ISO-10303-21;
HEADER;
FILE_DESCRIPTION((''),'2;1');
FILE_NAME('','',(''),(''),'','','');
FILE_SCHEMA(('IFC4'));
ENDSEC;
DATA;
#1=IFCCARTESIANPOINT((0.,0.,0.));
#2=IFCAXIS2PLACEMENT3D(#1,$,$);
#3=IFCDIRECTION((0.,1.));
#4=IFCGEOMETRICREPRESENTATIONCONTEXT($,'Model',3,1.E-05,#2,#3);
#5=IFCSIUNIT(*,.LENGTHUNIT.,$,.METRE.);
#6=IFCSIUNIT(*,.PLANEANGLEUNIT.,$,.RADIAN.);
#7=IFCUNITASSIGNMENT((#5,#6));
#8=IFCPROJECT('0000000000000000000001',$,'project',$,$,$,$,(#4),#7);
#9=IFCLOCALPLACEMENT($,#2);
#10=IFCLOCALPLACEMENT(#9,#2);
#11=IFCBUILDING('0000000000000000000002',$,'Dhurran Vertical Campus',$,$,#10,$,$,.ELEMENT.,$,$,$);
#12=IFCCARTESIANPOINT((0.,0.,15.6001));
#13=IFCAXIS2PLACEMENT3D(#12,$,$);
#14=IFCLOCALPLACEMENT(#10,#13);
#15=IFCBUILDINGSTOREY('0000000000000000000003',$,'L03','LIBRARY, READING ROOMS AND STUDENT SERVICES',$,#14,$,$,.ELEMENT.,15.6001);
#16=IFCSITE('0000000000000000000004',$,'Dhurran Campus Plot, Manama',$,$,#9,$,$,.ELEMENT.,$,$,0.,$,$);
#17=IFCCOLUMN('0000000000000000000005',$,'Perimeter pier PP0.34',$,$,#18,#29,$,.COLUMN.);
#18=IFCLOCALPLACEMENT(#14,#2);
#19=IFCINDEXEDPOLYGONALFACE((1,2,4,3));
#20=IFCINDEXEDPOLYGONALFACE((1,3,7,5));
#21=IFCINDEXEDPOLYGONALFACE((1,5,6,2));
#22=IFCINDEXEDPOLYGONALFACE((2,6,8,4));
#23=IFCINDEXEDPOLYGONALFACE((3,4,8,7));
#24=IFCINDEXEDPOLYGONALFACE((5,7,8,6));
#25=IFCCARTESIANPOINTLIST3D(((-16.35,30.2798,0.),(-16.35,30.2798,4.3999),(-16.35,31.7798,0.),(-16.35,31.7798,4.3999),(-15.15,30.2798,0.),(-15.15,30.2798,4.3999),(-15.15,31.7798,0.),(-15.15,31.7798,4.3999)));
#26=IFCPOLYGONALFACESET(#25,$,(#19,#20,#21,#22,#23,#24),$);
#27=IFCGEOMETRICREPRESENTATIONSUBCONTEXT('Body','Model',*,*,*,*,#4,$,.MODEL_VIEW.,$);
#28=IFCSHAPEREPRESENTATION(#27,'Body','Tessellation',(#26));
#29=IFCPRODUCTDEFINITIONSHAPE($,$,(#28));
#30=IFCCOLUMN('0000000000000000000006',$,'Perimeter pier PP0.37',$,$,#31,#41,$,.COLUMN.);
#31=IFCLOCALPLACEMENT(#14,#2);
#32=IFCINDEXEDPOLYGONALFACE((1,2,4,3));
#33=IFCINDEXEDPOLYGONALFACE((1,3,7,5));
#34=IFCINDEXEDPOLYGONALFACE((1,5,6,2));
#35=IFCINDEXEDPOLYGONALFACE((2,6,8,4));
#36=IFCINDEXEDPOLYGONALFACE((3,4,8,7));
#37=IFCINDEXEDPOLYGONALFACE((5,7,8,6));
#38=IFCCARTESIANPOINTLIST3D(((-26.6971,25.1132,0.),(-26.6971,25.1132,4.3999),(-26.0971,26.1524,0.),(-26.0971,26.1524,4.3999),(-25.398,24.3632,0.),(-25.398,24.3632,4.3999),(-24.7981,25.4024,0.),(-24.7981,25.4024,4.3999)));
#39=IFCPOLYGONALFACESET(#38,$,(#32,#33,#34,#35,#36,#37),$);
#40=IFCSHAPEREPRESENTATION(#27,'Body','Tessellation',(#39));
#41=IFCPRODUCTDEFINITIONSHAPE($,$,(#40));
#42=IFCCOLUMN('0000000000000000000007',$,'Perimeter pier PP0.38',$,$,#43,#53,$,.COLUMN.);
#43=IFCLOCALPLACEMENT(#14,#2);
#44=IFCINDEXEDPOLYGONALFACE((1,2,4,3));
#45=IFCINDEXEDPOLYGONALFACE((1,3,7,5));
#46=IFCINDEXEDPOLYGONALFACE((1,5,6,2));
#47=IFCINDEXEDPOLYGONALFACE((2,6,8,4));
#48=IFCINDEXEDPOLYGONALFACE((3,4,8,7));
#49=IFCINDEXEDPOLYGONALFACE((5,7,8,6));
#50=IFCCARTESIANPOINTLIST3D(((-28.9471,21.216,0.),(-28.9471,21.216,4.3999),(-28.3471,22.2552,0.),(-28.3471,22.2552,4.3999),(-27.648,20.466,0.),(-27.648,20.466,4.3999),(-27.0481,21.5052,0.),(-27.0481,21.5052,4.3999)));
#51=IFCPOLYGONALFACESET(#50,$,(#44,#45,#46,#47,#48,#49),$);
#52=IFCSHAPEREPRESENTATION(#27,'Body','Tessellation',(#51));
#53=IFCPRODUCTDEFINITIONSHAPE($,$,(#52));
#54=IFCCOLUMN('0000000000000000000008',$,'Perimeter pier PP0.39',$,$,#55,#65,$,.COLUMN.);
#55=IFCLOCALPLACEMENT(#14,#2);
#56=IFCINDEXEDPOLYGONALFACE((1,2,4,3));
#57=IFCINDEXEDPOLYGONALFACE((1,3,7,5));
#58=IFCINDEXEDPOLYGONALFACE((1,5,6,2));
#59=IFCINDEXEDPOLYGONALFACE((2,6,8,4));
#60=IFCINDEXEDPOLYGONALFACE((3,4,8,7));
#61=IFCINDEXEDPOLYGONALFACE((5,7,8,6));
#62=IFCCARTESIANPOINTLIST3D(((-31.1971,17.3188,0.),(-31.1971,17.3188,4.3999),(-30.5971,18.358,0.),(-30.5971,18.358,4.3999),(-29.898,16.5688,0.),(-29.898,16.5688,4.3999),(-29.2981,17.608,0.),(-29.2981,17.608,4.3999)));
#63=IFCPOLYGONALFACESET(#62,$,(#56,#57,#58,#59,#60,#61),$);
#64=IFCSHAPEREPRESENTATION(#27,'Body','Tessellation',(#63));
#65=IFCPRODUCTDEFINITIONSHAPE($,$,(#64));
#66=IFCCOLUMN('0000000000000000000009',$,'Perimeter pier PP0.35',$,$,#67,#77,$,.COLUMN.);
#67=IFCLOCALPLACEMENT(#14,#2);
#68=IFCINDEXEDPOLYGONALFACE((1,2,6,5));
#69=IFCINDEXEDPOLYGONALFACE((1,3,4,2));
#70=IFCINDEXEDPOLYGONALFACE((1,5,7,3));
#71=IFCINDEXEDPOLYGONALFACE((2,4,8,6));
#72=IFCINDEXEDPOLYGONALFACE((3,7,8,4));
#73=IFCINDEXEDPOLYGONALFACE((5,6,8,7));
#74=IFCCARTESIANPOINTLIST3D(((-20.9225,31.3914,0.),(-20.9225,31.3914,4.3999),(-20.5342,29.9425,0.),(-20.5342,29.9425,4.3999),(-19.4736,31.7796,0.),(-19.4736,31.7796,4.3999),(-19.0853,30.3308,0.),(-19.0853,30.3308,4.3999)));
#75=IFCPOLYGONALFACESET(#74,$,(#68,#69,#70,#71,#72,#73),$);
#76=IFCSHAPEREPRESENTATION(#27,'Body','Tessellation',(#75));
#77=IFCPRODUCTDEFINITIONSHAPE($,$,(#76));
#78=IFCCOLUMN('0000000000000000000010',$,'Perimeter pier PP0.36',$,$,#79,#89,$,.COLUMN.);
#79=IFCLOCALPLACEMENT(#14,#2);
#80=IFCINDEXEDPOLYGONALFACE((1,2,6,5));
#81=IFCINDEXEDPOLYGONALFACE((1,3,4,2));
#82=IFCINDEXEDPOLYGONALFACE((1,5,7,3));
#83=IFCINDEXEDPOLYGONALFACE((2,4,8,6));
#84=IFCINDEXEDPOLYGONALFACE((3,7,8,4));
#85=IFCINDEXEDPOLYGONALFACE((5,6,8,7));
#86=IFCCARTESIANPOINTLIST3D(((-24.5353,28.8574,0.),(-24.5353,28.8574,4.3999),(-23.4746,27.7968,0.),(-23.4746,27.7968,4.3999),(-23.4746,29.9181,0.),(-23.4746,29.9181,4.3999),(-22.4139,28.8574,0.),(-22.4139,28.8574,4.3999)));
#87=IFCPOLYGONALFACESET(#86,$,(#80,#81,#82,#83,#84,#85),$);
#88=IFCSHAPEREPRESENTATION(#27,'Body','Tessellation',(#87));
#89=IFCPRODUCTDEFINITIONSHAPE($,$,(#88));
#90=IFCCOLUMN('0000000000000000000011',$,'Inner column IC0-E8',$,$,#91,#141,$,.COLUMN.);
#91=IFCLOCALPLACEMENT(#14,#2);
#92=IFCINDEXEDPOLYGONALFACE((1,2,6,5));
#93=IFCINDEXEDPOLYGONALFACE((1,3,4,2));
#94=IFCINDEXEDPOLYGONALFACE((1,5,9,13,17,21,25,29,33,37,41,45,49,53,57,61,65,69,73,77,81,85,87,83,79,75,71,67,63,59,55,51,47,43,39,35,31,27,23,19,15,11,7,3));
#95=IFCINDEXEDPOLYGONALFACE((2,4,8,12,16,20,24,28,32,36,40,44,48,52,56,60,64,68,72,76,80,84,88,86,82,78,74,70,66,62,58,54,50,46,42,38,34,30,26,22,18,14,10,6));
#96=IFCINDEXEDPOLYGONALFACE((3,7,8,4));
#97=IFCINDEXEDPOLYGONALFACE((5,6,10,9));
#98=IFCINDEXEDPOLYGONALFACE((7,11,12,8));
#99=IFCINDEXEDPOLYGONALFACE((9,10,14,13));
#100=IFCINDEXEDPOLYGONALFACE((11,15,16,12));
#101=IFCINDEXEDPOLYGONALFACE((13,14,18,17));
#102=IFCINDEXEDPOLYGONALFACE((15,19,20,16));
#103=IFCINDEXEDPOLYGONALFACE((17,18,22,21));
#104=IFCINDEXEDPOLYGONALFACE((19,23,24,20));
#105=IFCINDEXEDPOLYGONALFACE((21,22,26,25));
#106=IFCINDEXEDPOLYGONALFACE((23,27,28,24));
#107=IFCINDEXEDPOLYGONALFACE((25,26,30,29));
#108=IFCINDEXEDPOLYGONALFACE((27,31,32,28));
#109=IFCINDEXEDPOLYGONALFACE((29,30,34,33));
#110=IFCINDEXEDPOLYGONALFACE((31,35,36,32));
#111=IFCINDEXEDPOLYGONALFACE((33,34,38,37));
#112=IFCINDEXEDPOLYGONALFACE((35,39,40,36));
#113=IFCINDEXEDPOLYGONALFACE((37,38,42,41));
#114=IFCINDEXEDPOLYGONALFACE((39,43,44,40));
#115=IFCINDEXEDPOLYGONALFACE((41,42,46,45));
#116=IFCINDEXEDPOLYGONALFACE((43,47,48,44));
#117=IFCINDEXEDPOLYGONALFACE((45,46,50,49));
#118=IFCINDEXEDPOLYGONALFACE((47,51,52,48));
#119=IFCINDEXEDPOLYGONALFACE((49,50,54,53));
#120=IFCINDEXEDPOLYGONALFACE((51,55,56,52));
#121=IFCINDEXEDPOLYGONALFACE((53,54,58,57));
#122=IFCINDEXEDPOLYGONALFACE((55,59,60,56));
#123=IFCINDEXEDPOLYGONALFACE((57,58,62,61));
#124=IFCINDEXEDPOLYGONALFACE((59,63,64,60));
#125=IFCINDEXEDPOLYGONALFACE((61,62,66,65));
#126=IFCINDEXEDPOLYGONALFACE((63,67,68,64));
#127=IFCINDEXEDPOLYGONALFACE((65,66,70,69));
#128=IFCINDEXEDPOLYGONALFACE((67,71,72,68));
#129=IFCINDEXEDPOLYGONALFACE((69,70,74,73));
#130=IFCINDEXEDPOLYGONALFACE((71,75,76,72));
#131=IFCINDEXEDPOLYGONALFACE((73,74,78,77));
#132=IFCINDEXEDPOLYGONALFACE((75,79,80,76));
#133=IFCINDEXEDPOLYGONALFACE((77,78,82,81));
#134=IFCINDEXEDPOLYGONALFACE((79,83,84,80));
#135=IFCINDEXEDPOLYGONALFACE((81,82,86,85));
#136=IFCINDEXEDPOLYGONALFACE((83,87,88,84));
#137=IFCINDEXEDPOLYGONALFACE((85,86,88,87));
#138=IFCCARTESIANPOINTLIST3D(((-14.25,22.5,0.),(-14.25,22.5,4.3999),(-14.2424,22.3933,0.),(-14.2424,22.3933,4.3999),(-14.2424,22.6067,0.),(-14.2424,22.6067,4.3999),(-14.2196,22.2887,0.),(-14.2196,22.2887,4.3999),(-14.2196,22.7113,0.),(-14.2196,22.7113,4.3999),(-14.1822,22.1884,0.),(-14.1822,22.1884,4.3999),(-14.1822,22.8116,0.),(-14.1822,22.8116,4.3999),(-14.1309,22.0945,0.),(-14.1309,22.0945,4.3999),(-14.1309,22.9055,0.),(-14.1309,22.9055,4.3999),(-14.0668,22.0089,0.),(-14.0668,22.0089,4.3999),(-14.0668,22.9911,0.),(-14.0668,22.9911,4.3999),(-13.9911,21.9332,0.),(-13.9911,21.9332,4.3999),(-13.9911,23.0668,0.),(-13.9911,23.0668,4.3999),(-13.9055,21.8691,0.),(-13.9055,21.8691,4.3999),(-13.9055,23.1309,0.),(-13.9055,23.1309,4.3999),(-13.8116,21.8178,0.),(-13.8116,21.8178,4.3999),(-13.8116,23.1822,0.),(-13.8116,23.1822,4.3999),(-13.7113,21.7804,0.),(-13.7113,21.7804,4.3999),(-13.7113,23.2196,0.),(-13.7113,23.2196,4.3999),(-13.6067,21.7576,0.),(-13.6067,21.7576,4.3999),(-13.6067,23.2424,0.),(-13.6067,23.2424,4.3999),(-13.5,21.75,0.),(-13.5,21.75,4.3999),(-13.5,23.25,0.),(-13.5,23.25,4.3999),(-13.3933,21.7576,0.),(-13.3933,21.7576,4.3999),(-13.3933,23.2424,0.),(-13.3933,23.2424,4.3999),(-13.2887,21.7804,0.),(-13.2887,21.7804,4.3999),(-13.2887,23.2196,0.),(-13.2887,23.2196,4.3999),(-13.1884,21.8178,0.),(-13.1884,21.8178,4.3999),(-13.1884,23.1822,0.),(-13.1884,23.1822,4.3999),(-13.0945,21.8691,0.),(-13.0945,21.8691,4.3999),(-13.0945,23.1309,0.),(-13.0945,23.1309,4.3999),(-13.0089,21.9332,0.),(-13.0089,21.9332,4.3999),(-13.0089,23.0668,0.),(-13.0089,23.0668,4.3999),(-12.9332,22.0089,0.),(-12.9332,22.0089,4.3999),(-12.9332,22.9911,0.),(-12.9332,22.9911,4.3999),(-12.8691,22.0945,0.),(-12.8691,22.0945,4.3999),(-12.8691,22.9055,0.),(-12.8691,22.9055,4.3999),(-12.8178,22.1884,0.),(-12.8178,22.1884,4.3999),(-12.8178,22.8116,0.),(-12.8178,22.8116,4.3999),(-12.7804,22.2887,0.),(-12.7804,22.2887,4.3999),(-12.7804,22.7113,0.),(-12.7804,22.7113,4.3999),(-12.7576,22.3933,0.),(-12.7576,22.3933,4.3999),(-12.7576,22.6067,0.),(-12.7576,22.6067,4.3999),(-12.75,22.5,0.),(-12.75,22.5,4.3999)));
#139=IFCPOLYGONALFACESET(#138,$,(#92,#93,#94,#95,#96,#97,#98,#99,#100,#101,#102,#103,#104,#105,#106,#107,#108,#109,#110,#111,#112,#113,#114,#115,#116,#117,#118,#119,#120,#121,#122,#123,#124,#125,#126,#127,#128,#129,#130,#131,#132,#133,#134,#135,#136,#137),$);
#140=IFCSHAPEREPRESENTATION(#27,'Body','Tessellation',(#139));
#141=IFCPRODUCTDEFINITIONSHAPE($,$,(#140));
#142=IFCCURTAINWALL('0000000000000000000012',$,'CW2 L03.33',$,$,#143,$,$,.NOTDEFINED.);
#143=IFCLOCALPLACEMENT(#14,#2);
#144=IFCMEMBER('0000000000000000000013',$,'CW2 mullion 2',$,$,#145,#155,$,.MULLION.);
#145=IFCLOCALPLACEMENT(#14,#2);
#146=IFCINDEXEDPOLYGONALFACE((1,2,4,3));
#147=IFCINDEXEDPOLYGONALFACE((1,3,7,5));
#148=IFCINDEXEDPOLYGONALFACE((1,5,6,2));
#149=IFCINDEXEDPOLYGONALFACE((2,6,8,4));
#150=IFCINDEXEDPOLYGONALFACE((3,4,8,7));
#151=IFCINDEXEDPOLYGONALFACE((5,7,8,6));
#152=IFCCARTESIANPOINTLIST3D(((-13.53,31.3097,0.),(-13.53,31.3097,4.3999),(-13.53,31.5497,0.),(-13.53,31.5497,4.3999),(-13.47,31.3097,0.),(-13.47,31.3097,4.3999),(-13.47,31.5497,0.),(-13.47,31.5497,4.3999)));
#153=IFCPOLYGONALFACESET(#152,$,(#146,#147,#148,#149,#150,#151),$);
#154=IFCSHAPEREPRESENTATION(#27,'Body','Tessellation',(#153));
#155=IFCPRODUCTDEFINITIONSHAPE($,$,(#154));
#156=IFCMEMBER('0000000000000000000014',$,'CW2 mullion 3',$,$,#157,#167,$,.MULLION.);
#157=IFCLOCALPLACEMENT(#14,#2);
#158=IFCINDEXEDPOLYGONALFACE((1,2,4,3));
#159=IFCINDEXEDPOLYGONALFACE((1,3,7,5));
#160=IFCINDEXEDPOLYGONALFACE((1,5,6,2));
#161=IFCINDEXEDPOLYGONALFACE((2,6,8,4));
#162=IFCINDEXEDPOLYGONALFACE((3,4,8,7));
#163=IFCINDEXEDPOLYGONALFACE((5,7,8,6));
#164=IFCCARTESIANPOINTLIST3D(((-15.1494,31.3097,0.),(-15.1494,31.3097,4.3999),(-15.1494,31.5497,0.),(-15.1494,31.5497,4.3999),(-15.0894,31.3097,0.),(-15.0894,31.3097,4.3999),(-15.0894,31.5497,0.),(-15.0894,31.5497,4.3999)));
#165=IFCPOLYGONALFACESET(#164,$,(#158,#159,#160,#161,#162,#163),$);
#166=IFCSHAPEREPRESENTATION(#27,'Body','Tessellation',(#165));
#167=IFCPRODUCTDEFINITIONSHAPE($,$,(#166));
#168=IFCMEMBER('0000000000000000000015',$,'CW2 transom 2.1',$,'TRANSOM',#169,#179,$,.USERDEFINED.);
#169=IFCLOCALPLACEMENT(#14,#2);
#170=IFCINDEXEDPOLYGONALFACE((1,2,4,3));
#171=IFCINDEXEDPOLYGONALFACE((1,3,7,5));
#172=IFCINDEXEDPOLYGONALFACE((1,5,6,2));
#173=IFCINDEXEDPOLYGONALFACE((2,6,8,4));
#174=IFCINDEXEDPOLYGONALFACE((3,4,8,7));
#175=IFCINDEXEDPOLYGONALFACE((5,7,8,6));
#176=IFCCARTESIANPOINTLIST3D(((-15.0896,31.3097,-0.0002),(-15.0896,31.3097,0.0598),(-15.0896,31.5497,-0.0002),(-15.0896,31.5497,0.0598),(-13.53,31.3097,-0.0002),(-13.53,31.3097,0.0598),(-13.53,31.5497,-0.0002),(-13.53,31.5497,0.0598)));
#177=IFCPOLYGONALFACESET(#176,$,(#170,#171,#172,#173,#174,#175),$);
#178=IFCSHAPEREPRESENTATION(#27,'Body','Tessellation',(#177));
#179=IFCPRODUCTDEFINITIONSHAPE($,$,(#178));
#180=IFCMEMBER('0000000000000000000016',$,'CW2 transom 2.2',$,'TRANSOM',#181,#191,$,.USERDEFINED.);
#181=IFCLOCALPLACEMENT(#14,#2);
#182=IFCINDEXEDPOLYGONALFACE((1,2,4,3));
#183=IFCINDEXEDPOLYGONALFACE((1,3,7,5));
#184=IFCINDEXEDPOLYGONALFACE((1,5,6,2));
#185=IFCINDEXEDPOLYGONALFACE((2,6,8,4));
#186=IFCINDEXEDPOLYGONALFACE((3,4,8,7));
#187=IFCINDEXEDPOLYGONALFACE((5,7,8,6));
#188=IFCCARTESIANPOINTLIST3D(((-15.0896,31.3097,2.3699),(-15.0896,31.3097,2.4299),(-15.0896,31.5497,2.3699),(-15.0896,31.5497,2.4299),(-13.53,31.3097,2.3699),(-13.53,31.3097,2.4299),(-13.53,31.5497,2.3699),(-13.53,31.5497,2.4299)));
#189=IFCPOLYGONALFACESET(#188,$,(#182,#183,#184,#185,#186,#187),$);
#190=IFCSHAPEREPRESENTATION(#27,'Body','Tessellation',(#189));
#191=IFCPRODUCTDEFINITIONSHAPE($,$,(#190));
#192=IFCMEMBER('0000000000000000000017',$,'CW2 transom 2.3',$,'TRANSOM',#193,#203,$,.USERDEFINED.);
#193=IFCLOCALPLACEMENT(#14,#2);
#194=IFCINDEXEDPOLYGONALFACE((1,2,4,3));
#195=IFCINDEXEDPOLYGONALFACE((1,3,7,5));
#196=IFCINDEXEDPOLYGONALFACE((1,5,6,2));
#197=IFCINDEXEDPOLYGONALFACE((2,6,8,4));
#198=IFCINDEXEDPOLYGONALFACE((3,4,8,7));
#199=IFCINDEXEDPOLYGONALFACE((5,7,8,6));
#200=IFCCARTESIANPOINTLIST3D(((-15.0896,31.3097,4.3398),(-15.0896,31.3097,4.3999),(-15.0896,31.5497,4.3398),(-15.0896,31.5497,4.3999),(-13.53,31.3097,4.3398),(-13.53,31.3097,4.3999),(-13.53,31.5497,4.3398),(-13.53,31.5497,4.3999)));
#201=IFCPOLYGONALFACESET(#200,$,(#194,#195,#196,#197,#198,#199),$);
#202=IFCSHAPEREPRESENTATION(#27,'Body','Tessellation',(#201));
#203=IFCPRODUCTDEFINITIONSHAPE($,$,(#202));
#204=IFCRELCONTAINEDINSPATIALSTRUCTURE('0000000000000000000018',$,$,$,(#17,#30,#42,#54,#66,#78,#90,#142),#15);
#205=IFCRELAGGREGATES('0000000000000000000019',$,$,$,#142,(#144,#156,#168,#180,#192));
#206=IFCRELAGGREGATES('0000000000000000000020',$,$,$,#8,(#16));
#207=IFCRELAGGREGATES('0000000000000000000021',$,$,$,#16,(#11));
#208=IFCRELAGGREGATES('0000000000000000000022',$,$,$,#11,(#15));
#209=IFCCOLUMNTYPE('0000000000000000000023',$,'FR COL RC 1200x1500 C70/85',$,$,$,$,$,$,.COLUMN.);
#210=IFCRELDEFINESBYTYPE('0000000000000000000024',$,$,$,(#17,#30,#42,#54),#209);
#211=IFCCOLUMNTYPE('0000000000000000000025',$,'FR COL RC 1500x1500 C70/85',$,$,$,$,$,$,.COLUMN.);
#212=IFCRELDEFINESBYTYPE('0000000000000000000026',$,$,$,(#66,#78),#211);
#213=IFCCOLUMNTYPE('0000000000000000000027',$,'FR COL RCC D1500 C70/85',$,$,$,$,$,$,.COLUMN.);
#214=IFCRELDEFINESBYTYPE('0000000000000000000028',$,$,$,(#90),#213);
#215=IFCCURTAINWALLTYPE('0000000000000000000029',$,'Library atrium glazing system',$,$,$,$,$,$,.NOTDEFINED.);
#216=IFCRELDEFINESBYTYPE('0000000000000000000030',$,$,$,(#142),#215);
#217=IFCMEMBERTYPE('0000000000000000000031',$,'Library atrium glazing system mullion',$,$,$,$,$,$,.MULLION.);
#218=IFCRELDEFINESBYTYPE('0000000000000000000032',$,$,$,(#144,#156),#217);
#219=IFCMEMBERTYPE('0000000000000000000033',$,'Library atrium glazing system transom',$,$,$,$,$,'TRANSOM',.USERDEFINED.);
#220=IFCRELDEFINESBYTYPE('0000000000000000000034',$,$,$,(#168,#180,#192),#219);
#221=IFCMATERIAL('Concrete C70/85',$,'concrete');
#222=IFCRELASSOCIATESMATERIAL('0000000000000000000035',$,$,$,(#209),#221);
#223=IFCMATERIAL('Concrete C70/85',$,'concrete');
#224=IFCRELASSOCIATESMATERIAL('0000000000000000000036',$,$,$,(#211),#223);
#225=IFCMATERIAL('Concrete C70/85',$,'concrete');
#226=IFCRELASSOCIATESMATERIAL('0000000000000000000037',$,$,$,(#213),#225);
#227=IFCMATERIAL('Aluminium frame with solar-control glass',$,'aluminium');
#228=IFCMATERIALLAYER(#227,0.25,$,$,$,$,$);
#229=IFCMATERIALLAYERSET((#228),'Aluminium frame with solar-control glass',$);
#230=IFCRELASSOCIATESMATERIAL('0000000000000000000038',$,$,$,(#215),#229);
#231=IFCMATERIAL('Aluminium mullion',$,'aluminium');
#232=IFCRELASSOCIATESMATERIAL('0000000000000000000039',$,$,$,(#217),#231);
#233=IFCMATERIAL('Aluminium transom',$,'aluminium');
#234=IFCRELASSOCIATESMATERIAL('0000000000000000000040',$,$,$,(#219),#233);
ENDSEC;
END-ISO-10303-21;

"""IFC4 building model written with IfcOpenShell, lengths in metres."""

from ifc_helpers import new_model, si_unit, direction, frame, origin, origin_2d, place, context, subcontext, project, spatial, rectangle, circle, extrude, material, layer, layer_set, material_profile, profile_set, type_object, element, aggregate, save


model = new_model("IFC4")

# Units and contexts
model_context = context("Model", 3, precision=1e-05, world=origin(), true_north=direction((0.0, 1.0)))
body_context = subcontext(model_context, "Body", "Model", "MODEL_VIEW")
ifc_project = project(units=[si_unit("LENGTHUNIT", "METRE"), si_unit("PLANEANGLEUNIT", "RADIAN")], contexts=[model_context])

# Site, building, storey
site_placement = place(None, origin())
site = spatial("IfcSite", under=ifc_project, at=site_placement, Name="Dhurran Campus Plot, Manama", CompositionType="ELEMENT", RefElevation=0.0)
building_placement = place(site_placement, origin())
building = spatial("IfcBuilding", under=site, at=building_placement, Name="Dhurran Vertical Campus", CompositionType="ELEMENT")
storey_placement = place(building_placement, frame((0.0, 0.0, 15.6001)))
storey = spatial("IfcBuildingStorey", under=building, at=storey_placement, Name="L03", Description="LIBRARY, READING ROOMS AND STUDENT SERVICES", CompositionType="ELEMENT", Elevation=15.6001)

# Columns
ifc_material_1 = material(Name="Concrete C70/85", Category="concrete")
ifc_material_profile_1 = material_profile(ifc_material_1, rectangle(XDim=1.2, YDim=1.5, at=origin_2d()), Name="RC 1200x1500")
ifc_profile_set_1 = profile_set([ifc_material_profile_1], Name="Concrete C70/85")
column_type_1 = type_object("IfcColumnType", Name="FR COL RC 1200x1500 C70/85", PredefinedType="COLUMN", material=ifc_profile_set_1)
for number, where, z_axis, x_axis, name in (
    (1, (-15.75, 31.0298, 0.0), (0.0, 0.0, 1.0), (-1.0, 0.0, 0.0), "Perimeter pier PP0.34"),
    (2, (-25.7476, 25.2578, 0.0), (0.0, 0.0, 1.0), (-0.5, -0.866025, 0.0), "Perimeter pier PP0.37"),
    (3, (-27.9976, 21.3606, 0.0), (0.0, 0.0, 1.0), (-0.5, -0.866025, 0.0), "Perimeter pier PP0.38"),
    (4, (-30.2476, 17.4634, 0.0), (0.0, 0.0, 1.0), (-0.5, -0.866025, 0.0), "Perimeter pier PP0.39"),
):
    element("IfcColumn", number, at=place(storey_placement, frame(where, z_axis=z_axis, x_axis=x_axis)), inside=storey, type_object=column_type_1, Name=name, PredefinedType="COLUMN", context=body_context, shape_type="SweptSolid", body=[
        extrude(rectangle(XDim=1.2, YDim=1.5, at=origin_2d()), origin(), (0.0, 0.0, 1.0), 4.3999),
    ])
ifc_material_2 = material(Name="Concrete C70/85", Category="concrete")
ifc_material_profile_2 = material_profile(ifc_material_2, rectangle(XDim=1.5, YDim=1.5, at=origin_2d()), Name="RC 1500x1500")
ifc_profile_set_2 = profile_set([ifc_material_profile_2], Name="Concrete C70/85")
column_type_2 = type_object("IfcColumnType", Name="FR COL RC 1500x1500 C70/85", PredefinedType="COLUMN", material=ifc_profile_set_2)
for number, where, z_axis, x_axis, name in (
    (5, (-20.0039, 30.8611, 0.0), (0.0, 0.0, 1.0), (-0.965926, -0.258819, 0.0), "Perimeter pier PP0.35"),
    (6, (-23.4746, 28.8574, 0.0), (0.0, 0.0, 1.0), (-0.707107, -0.707107, 0.0), "Perimeter pier PP0.36"),
):
    element("IfcColumn", number, at=place(storey_placement, frame(where, z_axis=z_axis, x_axis=x_axis)), inside=storey, type_object=column_type_2, Name=name, PredefinedType="COLUMN", context=body_context, shape_type="SweptSolid", body=[
        extrude(rectangle(XDim=1.5, YDim=1.5, at=origin_2d()), origin(), (0.0, 0.0, 1.0), 4.3999),
    ])
ifc_material_3 = material(Name="Concrete C70/85", Category="concrete")
ifc_material_profile_3 = material_profile(ifc_material_3, circle(Radius=0.75, at=origin_2d()), Name="RCC D1500")
ifc_profile_set_3 = profile_set([ifc_material_profile_3], Name="Concrete C70/85")
column_type_3 = type_object("IfcColumnType", Name="FR COL RCC D1500 C70/85", PredefinedType="COLUMN", material=ifc_profile_set_3)
column_placement = place(storey_placement, frame((-13.5, 22.5, 0.0), z_axis=(0.0, 0.0, 1.0), x_axis=(1.0, 0.0, 0.0)))
element("IfcColumn", 7, at=column_placement, inside=storey, type_object=column_type_3, Name="Inner column IC0-E8", PredefinedType="COLUMN", context=body_context, shape_type="SweptSolid", body=[
    extrude(circle(Radius=0.75, at=origin_2d()), origin(), (0.0, 0.0, 1.0), 4.3999),
])

# Curtain wall, members
ifc_material_4 = material(Name="Aluminium frame with solar-control glass", Category="aluminium")
ifc_layer_1 = layer(ifc_material_4, 0.25)
ifc_layer_set_1 = layer_set([ifc_layer_1], Name="Aluminium frame with solar-control glass")
curtain_wall_type = type_object("IfcCurtainWallType", Name="Library atrium glazing system", PredefinedType="NOTDEFINED", material=ifc_layer_set_1)
curtain_wall_placement = place(storey_placement, origin())
curtain_wall = element("IfcCurtainWall", 8, at=curtain_wall_placement, inside=storey, type_object=curtain_wall_type, Name="CW2 L03.33", PredefinedType="NOTDEFINED")
ifc_material_5 = material(Name="Aluminium mullion", Category="aluminium")
ifc_material_profile_4 = material_profile(ifc_material_5, rectangle(XDim=0.24, YDim=0.0601, at=origin_2d()), Name="Library atrium glazing system mullion")
ifc_profile_set_4 = profile_set([ifc_material_profile_4], Name="Aluminium mullion")
member_type_1 = type_object("IfcMemberType", Name="Library atrium glazing system mullion", PredefinedType="MULLION", material=ifc_profile_set_4)
member_1_placement = place(storey_placement, frame((-13.5, 31.4297, 0.0), z_axis=(0.0, 0.0, 1.0), x_axis=(0.0, -1.0, 0.0)))
member_1 = element("IfcMember", 9, at=member_1_placement, type_object=member_type_1, Name="CW2 mullion 2", PredefinedType="MULLION", context=body_context, shape_type="SweptSolid", body=[
    extrude(rectangle(XDim=0.24, YDim=0.0601, at=origin_2d()), origin(), (0.0, 0.0, 1.0), 4.3999),
])
member_2_placement = place(storey_placement, frame((-15.1194, 31.4297, 0.0), z_axis=(0.0, 0.0, 1.0), x_axis=(0.0, -1.0, 0.0)))
member_2 = element("IfcMember", 10, at=member_2_placement, type_object=member_type_1, Name="CW2 mullion 3", PredefinedType="MULLION", context=body_context, shape_type="SweptSolid", body=[
    extrude(rectangle(XDim=0.24, YDim=0.0601, at=origin_2d()), origin(), (0.0, 0.0, 1.0), 4.3999),
])
ifc_material_6 = material(Name="Aluminium transom", Category="aluminium")
ifc_material_profile_5 = material_profile(ifc_material_6, rectangle(XDim=0.24, YDim=0.0601, at=origin_2d()), Name="Library atrium glazing system transom")
ifc_profile_set_5 = profile_set([ifc_material_profile_5], Name="Aluminium transom")
member_type_2 = type_object("IfcMemberType", Name="Library atrium glazing system transom", ElementType="TRANSOM", PredefinedType="USERDEFINED", material=ifc_profile_set_5)
member_3_placement = place(storey_placement, frame((-13.53, 31.4297, 0.0298), z_axis=(-1.0, 0.0, 0.0), x_axis=(0.0, -1.0, 0.0)))
member_3 = element("IfcMember", 11, at=member_3_placement, type_object=member_type_2, Name="CW2 transom 2.1", ObjectType="TRANSOM", PredefinedType="USERDEFINED", context=body_context, shape_type="SweptSolid", body=[
    extrude(rectangle(XDim=0.24, YDim=0.0601, at=origin_2d()), origin(), (0.0, 0.0, 1.0), 1.5596),
])
member_4_placement = place(storey_placement, frame((-13.53, 31.4297, 2.3999), z_axis=(-1.0, 0.0, 0.0), x_axis=(0.0, -1.0, 0.0)))
member_4 = element("IfcMember", 12, at=member_4_placement, type_object=member_type_2, Name="CW2 transom 2.2", ObjectType="TRANSOM", PredefinedType="USERDEFINED", context=body_context, shape_type="SweptSolid", body=[
    extrude(rectangle(XDim=0.24, YDim=0.0601, at=origin_2d()), origin(), (0.0, 0.0, 1.0), 1.5596),
])
member_5_placement = place(storey_placement, frame((-13.53, 31.4297, 4.3699), z_axis=(-1.0, 0.0, 0.0), x_axis=(0.0, -1.0, 0.0)))
member_5 = element("IfcMember", 13, at=member_5_placement, type_object=member_type_2, Name="CW2 transom 2.3", ObjectType="TRANSOM", PredefinedType="USERDEFINED", context=body_context, shape_type="SweptSolid", body=[
    extrude(rectangle(XDim=0.24, YDim=0.0601, at=origin_2d()), origin(), (0.0, 0.0, 1.0), 1.5596),
])
aggregate(curtain_wall, [member_1, member_2, member_3, member_4, member_5])

save(model, "model.ifc")
